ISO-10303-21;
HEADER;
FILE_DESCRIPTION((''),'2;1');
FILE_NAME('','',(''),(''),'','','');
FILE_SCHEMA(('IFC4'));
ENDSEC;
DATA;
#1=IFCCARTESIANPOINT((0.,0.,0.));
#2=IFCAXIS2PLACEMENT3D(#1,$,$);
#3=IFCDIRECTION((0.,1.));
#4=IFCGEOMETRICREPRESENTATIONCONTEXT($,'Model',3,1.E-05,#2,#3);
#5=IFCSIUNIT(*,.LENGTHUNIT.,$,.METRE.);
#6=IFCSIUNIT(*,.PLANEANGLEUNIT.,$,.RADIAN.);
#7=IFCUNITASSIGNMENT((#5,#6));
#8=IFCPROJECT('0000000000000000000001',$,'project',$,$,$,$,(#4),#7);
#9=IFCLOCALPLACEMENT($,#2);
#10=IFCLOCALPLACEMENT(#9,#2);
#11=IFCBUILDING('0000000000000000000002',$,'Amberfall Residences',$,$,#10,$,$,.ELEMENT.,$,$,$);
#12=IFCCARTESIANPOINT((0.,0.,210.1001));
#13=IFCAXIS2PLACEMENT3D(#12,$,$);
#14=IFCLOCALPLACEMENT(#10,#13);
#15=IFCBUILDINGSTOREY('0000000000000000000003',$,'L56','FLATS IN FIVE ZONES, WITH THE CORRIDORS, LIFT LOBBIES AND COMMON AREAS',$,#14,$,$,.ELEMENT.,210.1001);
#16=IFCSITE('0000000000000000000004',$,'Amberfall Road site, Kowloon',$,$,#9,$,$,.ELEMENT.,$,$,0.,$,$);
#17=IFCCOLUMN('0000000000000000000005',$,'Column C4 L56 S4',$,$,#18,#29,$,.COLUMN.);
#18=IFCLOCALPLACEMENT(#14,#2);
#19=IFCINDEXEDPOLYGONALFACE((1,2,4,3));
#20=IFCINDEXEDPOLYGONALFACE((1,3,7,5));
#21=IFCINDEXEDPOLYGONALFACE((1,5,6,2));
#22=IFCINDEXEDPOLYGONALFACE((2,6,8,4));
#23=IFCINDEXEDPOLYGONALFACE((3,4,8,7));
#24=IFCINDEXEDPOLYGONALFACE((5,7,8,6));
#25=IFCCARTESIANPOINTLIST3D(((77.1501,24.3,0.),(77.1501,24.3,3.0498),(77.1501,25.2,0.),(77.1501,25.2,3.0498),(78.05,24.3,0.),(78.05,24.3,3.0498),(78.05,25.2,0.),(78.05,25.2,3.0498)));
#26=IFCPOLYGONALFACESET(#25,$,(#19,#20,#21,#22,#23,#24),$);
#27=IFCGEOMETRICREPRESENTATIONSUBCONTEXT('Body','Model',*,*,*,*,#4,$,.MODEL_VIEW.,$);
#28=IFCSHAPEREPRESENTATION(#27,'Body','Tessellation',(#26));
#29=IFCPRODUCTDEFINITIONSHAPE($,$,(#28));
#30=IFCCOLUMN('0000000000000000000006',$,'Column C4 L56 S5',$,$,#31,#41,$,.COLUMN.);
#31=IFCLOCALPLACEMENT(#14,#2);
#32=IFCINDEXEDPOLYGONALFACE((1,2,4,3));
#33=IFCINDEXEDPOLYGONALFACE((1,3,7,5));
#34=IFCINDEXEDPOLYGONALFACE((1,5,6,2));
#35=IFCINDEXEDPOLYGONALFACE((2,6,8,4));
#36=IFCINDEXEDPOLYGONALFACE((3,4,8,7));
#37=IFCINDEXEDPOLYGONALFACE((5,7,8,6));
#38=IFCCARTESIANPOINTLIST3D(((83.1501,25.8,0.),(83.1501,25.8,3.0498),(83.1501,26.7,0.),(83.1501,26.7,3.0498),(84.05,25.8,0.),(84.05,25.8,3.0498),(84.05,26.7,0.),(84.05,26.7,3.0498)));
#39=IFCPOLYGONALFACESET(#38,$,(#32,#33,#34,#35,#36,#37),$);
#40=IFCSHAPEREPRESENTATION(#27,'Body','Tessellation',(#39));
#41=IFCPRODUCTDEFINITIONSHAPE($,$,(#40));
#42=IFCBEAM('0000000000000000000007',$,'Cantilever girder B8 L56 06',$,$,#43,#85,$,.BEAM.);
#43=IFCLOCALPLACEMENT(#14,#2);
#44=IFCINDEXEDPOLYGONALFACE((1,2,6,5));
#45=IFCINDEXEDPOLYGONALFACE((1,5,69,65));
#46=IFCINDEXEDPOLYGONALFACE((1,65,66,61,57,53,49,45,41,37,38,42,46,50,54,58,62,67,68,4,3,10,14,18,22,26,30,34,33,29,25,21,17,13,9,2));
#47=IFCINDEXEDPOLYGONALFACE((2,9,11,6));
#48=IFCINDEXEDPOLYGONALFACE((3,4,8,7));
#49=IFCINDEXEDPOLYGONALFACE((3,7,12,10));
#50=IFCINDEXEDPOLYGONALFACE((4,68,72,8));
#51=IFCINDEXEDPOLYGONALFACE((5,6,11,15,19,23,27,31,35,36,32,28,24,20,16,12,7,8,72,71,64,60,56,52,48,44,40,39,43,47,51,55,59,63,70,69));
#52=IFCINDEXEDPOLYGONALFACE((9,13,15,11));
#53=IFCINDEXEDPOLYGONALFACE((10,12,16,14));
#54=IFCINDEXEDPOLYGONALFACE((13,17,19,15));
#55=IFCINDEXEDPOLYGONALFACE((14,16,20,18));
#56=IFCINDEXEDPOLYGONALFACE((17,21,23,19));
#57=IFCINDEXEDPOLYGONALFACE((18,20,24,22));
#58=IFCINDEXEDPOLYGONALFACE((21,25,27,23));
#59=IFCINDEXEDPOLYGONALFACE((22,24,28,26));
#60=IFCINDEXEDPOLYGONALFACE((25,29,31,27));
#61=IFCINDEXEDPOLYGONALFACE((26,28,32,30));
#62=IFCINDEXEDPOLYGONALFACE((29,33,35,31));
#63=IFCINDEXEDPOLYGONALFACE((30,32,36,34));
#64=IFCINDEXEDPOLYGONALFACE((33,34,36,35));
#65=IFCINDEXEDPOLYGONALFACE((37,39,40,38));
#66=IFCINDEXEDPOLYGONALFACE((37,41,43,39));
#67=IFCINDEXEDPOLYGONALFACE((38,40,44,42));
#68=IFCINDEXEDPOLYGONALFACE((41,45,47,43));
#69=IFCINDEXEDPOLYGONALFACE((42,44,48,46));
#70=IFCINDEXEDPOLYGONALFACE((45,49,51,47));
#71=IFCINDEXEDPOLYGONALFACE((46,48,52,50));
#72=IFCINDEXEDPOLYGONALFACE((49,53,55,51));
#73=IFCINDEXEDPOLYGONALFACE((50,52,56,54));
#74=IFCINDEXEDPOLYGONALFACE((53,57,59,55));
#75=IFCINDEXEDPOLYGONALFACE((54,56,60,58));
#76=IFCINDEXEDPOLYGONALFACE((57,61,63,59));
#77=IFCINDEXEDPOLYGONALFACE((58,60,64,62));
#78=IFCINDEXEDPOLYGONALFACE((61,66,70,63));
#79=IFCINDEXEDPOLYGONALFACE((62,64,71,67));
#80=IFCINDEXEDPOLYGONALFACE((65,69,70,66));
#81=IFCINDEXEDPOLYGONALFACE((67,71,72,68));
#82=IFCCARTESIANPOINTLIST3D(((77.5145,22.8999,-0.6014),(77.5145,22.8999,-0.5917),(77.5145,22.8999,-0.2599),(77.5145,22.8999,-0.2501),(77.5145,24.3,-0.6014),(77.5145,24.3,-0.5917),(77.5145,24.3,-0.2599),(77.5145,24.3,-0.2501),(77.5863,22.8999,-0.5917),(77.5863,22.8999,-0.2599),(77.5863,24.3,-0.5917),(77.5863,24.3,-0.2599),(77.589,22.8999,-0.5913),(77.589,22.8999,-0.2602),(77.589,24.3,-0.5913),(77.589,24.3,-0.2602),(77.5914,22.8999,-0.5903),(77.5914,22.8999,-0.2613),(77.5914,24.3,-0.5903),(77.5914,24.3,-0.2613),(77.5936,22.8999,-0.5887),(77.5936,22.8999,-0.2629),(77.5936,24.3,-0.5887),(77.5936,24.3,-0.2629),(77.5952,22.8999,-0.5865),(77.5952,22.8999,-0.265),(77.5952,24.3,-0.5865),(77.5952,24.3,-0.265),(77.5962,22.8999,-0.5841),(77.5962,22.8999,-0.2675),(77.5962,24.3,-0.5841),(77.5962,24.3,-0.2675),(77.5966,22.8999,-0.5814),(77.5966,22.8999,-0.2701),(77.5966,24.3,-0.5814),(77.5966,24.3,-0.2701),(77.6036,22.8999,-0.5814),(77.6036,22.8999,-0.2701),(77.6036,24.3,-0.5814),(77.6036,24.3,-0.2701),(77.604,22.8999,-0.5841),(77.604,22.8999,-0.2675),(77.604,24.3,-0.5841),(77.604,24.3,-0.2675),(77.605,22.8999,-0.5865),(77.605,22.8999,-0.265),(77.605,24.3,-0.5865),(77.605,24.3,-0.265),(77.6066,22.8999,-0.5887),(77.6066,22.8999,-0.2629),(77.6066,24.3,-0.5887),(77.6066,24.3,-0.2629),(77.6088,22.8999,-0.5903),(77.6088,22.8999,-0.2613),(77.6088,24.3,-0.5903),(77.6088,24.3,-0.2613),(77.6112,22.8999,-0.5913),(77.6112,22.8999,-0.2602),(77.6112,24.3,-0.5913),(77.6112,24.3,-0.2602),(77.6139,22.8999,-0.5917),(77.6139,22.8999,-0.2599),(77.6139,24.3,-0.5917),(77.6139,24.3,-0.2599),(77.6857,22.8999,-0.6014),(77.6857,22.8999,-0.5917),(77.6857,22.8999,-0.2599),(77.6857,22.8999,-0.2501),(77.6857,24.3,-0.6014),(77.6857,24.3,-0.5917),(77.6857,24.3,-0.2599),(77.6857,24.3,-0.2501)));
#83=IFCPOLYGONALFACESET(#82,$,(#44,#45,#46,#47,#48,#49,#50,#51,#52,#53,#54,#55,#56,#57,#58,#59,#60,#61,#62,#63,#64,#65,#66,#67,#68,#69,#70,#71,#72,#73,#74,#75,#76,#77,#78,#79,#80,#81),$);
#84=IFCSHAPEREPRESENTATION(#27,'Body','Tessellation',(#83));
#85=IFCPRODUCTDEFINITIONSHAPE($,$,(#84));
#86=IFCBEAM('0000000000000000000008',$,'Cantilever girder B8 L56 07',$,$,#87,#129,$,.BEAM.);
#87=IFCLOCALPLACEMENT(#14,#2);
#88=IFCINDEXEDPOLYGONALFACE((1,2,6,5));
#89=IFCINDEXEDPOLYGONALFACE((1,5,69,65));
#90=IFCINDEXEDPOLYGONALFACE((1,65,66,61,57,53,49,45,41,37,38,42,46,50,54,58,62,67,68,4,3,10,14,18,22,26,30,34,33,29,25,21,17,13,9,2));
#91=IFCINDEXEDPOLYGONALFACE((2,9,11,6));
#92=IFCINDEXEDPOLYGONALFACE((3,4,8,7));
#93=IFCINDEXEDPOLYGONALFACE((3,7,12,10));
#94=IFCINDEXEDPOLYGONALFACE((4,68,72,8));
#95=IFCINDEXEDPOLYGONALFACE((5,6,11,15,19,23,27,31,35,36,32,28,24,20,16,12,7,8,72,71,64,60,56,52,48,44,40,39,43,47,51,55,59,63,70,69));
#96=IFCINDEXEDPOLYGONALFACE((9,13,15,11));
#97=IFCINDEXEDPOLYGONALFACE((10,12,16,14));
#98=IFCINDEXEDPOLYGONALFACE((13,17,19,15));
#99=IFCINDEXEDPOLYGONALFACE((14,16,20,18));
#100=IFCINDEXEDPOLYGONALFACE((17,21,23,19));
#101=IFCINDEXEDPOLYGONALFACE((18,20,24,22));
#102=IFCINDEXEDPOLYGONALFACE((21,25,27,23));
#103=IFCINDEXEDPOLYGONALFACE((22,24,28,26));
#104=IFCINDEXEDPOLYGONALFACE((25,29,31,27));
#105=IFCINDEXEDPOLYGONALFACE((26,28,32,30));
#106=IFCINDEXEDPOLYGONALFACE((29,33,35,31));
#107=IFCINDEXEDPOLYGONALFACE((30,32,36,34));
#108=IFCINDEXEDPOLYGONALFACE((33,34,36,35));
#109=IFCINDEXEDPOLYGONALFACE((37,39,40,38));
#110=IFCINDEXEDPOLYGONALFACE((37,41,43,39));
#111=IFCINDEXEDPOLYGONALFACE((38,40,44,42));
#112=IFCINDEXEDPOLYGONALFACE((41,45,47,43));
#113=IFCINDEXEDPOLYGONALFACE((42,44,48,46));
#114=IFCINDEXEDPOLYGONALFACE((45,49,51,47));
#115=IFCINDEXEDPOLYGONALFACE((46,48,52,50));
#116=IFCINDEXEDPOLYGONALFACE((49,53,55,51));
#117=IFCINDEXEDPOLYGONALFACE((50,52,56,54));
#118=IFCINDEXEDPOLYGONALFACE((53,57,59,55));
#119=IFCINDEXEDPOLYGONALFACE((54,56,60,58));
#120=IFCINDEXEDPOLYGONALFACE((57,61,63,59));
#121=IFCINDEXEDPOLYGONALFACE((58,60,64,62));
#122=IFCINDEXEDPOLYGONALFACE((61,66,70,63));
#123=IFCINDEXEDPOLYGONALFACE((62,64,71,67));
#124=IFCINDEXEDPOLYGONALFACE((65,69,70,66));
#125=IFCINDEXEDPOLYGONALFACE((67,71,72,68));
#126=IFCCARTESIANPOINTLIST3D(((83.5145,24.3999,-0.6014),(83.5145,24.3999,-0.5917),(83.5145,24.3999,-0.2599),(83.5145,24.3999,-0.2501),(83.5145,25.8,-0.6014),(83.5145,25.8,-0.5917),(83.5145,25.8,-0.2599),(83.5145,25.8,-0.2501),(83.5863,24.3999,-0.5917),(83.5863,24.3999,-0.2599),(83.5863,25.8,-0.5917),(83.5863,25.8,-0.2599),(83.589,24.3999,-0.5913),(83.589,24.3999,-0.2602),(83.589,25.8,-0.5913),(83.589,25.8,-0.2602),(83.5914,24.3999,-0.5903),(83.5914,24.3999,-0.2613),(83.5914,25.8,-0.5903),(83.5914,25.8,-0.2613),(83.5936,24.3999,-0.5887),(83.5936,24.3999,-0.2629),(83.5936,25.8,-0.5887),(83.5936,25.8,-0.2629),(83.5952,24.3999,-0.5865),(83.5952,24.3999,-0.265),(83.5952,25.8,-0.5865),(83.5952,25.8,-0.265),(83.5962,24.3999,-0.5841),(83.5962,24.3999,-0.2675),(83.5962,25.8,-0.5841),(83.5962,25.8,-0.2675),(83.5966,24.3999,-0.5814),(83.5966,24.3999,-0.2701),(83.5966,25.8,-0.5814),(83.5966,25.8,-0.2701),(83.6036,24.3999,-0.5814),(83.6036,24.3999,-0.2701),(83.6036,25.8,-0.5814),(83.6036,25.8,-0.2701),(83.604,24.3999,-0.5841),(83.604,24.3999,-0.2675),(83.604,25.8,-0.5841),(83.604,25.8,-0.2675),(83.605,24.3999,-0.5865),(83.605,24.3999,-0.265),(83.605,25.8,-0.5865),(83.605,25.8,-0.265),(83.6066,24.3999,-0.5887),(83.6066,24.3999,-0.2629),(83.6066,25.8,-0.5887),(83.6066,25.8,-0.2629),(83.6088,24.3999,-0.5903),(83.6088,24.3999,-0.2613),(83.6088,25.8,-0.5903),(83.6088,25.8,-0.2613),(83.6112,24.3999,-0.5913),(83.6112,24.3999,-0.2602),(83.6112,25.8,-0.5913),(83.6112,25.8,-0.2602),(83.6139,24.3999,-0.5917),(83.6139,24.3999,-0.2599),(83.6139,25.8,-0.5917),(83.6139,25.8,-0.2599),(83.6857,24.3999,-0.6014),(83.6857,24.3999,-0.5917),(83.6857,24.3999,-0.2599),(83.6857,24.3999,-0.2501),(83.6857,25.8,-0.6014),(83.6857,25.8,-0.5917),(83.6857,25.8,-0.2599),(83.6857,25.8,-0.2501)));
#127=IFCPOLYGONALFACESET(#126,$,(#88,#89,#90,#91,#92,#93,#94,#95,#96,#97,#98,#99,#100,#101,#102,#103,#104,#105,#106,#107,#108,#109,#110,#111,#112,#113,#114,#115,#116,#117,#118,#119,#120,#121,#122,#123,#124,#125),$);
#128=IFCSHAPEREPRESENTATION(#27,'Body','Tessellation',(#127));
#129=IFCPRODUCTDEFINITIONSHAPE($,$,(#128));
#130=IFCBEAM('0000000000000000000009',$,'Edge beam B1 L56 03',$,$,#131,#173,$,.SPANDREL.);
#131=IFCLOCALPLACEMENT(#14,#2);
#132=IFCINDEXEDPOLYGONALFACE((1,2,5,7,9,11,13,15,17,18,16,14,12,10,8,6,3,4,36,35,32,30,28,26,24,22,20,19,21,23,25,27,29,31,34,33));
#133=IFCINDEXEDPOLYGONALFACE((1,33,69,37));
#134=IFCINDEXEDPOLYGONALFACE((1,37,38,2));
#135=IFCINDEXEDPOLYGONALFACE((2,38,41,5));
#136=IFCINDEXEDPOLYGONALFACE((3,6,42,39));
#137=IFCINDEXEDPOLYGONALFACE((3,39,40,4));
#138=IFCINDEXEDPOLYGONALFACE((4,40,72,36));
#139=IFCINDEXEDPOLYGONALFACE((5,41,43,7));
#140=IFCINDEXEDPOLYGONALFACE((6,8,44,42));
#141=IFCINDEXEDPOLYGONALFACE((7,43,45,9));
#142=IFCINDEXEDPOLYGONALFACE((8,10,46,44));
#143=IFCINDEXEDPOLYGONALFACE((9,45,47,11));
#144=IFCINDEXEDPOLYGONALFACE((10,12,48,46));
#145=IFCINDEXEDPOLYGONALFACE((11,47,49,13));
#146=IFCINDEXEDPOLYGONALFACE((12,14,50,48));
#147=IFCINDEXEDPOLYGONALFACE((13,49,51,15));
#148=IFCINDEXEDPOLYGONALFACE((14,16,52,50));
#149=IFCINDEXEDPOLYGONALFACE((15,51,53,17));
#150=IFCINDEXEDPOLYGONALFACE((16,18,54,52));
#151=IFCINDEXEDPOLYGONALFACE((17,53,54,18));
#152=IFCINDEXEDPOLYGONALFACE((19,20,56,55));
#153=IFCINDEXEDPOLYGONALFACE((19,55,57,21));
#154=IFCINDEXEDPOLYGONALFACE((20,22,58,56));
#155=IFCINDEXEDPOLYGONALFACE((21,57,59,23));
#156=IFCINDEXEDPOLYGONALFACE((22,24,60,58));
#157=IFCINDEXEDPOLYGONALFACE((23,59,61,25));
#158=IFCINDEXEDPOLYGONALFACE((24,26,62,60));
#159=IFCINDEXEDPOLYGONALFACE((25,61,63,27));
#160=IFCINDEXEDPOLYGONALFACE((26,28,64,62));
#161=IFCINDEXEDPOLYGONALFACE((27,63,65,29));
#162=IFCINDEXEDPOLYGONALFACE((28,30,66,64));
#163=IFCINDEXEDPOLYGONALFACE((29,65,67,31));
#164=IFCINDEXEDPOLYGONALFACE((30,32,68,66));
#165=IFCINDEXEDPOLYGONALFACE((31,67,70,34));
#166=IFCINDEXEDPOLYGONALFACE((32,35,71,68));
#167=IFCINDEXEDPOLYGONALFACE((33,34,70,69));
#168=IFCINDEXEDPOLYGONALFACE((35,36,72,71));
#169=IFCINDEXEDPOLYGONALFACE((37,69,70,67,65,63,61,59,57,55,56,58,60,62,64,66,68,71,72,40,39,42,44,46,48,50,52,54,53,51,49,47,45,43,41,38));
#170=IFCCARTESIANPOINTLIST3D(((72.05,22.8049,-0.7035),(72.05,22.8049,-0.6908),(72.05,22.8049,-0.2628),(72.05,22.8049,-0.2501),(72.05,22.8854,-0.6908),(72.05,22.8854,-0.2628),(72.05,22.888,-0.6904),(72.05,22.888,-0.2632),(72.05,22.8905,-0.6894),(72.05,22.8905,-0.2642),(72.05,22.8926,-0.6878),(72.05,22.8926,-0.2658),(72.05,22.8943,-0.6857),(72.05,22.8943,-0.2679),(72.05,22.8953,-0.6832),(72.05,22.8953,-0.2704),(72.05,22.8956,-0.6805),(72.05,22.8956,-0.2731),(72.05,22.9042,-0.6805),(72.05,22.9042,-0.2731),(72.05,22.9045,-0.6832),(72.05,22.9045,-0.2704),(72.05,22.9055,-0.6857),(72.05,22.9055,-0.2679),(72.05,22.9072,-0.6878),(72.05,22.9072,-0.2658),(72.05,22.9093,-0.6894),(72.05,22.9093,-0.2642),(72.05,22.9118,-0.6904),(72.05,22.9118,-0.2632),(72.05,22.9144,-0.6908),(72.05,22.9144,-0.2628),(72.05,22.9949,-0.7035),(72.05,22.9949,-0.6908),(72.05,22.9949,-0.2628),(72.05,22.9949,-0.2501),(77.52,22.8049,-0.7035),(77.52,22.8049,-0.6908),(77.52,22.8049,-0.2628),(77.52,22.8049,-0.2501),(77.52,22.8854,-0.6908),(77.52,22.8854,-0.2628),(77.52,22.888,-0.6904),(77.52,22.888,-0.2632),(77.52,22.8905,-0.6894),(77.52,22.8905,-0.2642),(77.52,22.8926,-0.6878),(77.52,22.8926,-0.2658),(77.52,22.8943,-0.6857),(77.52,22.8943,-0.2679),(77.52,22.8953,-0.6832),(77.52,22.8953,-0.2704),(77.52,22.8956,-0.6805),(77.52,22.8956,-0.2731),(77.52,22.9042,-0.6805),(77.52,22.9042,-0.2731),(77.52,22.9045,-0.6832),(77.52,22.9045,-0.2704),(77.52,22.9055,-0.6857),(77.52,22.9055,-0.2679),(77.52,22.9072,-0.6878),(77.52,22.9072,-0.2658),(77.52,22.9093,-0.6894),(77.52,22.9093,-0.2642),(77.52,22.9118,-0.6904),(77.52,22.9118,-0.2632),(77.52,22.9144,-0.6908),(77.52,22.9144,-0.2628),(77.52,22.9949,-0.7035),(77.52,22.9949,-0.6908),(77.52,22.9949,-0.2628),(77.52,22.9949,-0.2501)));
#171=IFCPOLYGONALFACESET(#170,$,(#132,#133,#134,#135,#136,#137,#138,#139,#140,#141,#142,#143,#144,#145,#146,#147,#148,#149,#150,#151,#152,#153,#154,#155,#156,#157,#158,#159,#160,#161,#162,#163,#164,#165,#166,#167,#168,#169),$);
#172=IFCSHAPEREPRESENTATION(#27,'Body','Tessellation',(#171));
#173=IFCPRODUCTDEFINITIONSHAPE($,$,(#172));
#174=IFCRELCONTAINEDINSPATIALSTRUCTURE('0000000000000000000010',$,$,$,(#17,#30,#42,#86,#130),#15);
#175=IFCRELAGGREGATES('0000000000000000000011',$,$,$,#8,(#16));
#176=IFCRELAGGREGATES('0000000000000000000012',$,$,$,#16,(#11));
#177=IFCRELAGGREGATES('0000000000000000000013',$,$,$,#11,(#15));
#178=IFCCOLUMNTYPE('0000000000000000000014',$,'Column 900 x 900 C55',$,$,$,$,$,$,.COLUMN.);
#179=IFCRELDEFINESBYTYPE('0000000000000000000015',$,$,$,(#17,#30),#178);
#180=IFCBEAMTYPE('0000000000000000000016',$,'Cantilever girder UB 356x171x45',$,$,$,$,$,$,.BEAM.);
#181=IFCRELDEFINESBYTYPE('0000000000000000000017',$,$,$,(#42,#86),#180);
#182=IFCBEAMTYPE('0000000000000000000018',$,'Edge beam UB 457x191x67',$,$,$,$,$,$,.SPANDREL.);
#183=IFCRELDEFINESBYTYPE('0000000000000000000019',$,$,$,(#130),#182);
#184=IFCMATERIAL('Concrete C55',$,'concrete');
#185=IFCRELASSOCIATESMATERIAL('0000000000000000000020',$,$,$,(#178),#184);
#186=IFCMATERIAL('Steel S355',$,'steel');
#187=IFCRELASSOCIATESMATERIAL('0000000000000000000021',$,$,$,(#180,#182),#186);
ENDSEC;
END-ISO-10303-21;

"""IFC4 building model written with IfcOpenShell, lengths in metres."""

from ifc_helpers import new_model, si_unit, direction, frame, origin, origin_2d, place, context, subcontext, project, spatial, rectangle, i_section, extrude, material, material_profile, profile_set, type_object, element, save


model = new_model("IFC4")

# Units and contexts
model_context = context("Model", 3, precision=1e-05, world=origin(), true_north=direction((0.0, 1.0)))
body_context = subcontext(model_context, "Body", "Model", "MODEL_VIEW")
ifc_project = project(units=[si_unit("LENGTHUNIT", "METRE"), si_unit("PLANEANGLEUNIT", "RADIAN")], contexts=[model_context])

# Site, building, storey
site_placement = place(None, origin())
site = spatial("IfcSite", under=ifc_project, at=site_placement, Name="Amberfall Road site, Kowloon", CompositionType="ELEMENT", RefElevation=0.0)
building_placement = place(site_placement, origin())
building = spatial("IfcBuilding", under=site, at=building_placement, Name="Amberfall Residences", CompositionType="ELEMENT")
storey_placement = place(building_placement, frame((0.0, 0.0, 210.1001)))
storey = spatial("IfcBuildingStorey", under=building, at=storey_placement, Name="L56", Description="FLATS IN FIVE ZONES, WITH THE CORRIDORS, LIFT LOBBIES AND COMMON AREAS", CompositionType="ELEMENT", Elevation=210.1001)

# Columns
ifc_material_1 = material(Name="Concrete C55", Category="concrete")
ifc_material_profile_1 = material_profile(ifc_material_1, rectangle(XDim=0.8999, YDim=0.8999, at=origin_2d()), Name="Column 900 x 900 C55")
ifc_profile_set_1 = profile_set([ifc_material_profile_1], Name="Concrete C55")
column_type = type_object("IfcColumnType", Name="Column 900 x 900 C55", PredefinedType="COLUMN", material=ifc_profile_set_1)
for number, where, z_axis, x_axis, name in (
    (1, (77.6001, 24.75, 0.0), (0.0, 0.0, 1.0), (1.0, 0.0, 0.0), "Column C4 L56 S4"),
    (2, (83.6001, 26.25, 0.0), (0.0, 0.0, 1.0), (1.0, 0.0, 0.0), "Column C4 L56 S5"),
):
    element("IfcColumn", number, at=place(storey_placement, frame(where, z_axis=z_axis, x_axis=x_axis)), inside=storey, type_object=column_type, Name=name, PredefinedType="COLUMN", context=body_context, shape_type="SweptSolid", body=[
        extrude(rectangle(XDim=0.8999, YDim=0.8999, at=origin_2d()), origin(), (0.0, 0.0, 1.0), 3.0498),
    ])

# Beams
ifc_material_2 = material(Name="Steel S355", Category="steel")
ifc_material_profile_2 = material_profile(ifc_material_2, i_section(OverallWidth=0.1711, OverallDepth=0.3513, WebThickness=0.0071, FlangeThickness=0.0098, FilletRadius=0.0103, at=origin_2d()), Name="UB 356x171x45")
ifc_profile_set_2 = profile_set([ifc_material_profile_2], Name="Steel S355")
beam_type_1 = type_object("IfcBeamType", Name="Cantilever girder UB 356x171x45", PredefinedType="BEAM", material=ifc_profile_set_2)
for number, where, z_axis, x_axis, name in (
    (3, (77.6001, 24.3, -0.4258), (0.0, -1.0, 0.0), (1.0, 0.0, 0.0), "Cantilever girder B8 L56 06"),
    (4, (83.6001, 25.8, -0.4258), (0.0, -1.0, 0.0), (1.0, 0.0, 0.0), "Cantilever girder B8 L56 07"),
):
    element("IfcBeam", number, at=place(storey_placement, frame(where, z_axis=z_axis, x_axis=x_axis)), inside=storey, type_object=beam_type_1, Name=name, PredefinedType="BEAM", context=body_context, shape_type="SweptSolid", body=[
        extrude(i_section(OverallWidth=0.1711, OverallDepth=0.3513, WebThickness=0.0071, FlangeThickness=0.0098, FilletRadius=0.0103, at=origin_2d()), origin(), (0.0, 0.0, 1.0), 1.4001),
    ])
ifc_material_profile_3 = material_profile(ifc_material_2, i_section(OverallWidth=0.1899, OverallDepth=0.4534, WebThickness=0.0085, FlangeThickness=0.0127, FilletRadius=0.0103, at=origin_2d()), Name="UB 457x191x67")
ifc_profile_set_3 = profile_set([ifc_material_profile_3], Name="Steel S355")
beam_type_2 = type_object("IfcBeamType", Name="Edge beam UB 457x191x67", PredefinedType="SPANDREL", material=ifc_profile_set_3)
for number, where, z_axis, x_axis, name in (
    (5, (72.05, 22.8999, -0.4768), (1.0, 0.0, 0.0), (0.0, 1.0, 0.0), "Edge beam B1 L56 03"),
):
    element("IfcBeam", number, at=place(storey_placement, frame(where, z_axis=z_axis, x_axis=x_axis)), inside=storey, type_object=beam_type_2, Name=name, PredefinedType="SPANDREL", context=body_context, shape_type="SweptSolid", body=[
        extrude(i_section(OverallWidth=0.1899, OverallDepth=0.4534, WebThickness=0.0085, FlangeThickness=0.0127, FilletRadius=0.0103, at=origin_2d()), origin(), (0.0, 0.0, 1.0), 5.47),
    ])

save(model, "model.ifc")
